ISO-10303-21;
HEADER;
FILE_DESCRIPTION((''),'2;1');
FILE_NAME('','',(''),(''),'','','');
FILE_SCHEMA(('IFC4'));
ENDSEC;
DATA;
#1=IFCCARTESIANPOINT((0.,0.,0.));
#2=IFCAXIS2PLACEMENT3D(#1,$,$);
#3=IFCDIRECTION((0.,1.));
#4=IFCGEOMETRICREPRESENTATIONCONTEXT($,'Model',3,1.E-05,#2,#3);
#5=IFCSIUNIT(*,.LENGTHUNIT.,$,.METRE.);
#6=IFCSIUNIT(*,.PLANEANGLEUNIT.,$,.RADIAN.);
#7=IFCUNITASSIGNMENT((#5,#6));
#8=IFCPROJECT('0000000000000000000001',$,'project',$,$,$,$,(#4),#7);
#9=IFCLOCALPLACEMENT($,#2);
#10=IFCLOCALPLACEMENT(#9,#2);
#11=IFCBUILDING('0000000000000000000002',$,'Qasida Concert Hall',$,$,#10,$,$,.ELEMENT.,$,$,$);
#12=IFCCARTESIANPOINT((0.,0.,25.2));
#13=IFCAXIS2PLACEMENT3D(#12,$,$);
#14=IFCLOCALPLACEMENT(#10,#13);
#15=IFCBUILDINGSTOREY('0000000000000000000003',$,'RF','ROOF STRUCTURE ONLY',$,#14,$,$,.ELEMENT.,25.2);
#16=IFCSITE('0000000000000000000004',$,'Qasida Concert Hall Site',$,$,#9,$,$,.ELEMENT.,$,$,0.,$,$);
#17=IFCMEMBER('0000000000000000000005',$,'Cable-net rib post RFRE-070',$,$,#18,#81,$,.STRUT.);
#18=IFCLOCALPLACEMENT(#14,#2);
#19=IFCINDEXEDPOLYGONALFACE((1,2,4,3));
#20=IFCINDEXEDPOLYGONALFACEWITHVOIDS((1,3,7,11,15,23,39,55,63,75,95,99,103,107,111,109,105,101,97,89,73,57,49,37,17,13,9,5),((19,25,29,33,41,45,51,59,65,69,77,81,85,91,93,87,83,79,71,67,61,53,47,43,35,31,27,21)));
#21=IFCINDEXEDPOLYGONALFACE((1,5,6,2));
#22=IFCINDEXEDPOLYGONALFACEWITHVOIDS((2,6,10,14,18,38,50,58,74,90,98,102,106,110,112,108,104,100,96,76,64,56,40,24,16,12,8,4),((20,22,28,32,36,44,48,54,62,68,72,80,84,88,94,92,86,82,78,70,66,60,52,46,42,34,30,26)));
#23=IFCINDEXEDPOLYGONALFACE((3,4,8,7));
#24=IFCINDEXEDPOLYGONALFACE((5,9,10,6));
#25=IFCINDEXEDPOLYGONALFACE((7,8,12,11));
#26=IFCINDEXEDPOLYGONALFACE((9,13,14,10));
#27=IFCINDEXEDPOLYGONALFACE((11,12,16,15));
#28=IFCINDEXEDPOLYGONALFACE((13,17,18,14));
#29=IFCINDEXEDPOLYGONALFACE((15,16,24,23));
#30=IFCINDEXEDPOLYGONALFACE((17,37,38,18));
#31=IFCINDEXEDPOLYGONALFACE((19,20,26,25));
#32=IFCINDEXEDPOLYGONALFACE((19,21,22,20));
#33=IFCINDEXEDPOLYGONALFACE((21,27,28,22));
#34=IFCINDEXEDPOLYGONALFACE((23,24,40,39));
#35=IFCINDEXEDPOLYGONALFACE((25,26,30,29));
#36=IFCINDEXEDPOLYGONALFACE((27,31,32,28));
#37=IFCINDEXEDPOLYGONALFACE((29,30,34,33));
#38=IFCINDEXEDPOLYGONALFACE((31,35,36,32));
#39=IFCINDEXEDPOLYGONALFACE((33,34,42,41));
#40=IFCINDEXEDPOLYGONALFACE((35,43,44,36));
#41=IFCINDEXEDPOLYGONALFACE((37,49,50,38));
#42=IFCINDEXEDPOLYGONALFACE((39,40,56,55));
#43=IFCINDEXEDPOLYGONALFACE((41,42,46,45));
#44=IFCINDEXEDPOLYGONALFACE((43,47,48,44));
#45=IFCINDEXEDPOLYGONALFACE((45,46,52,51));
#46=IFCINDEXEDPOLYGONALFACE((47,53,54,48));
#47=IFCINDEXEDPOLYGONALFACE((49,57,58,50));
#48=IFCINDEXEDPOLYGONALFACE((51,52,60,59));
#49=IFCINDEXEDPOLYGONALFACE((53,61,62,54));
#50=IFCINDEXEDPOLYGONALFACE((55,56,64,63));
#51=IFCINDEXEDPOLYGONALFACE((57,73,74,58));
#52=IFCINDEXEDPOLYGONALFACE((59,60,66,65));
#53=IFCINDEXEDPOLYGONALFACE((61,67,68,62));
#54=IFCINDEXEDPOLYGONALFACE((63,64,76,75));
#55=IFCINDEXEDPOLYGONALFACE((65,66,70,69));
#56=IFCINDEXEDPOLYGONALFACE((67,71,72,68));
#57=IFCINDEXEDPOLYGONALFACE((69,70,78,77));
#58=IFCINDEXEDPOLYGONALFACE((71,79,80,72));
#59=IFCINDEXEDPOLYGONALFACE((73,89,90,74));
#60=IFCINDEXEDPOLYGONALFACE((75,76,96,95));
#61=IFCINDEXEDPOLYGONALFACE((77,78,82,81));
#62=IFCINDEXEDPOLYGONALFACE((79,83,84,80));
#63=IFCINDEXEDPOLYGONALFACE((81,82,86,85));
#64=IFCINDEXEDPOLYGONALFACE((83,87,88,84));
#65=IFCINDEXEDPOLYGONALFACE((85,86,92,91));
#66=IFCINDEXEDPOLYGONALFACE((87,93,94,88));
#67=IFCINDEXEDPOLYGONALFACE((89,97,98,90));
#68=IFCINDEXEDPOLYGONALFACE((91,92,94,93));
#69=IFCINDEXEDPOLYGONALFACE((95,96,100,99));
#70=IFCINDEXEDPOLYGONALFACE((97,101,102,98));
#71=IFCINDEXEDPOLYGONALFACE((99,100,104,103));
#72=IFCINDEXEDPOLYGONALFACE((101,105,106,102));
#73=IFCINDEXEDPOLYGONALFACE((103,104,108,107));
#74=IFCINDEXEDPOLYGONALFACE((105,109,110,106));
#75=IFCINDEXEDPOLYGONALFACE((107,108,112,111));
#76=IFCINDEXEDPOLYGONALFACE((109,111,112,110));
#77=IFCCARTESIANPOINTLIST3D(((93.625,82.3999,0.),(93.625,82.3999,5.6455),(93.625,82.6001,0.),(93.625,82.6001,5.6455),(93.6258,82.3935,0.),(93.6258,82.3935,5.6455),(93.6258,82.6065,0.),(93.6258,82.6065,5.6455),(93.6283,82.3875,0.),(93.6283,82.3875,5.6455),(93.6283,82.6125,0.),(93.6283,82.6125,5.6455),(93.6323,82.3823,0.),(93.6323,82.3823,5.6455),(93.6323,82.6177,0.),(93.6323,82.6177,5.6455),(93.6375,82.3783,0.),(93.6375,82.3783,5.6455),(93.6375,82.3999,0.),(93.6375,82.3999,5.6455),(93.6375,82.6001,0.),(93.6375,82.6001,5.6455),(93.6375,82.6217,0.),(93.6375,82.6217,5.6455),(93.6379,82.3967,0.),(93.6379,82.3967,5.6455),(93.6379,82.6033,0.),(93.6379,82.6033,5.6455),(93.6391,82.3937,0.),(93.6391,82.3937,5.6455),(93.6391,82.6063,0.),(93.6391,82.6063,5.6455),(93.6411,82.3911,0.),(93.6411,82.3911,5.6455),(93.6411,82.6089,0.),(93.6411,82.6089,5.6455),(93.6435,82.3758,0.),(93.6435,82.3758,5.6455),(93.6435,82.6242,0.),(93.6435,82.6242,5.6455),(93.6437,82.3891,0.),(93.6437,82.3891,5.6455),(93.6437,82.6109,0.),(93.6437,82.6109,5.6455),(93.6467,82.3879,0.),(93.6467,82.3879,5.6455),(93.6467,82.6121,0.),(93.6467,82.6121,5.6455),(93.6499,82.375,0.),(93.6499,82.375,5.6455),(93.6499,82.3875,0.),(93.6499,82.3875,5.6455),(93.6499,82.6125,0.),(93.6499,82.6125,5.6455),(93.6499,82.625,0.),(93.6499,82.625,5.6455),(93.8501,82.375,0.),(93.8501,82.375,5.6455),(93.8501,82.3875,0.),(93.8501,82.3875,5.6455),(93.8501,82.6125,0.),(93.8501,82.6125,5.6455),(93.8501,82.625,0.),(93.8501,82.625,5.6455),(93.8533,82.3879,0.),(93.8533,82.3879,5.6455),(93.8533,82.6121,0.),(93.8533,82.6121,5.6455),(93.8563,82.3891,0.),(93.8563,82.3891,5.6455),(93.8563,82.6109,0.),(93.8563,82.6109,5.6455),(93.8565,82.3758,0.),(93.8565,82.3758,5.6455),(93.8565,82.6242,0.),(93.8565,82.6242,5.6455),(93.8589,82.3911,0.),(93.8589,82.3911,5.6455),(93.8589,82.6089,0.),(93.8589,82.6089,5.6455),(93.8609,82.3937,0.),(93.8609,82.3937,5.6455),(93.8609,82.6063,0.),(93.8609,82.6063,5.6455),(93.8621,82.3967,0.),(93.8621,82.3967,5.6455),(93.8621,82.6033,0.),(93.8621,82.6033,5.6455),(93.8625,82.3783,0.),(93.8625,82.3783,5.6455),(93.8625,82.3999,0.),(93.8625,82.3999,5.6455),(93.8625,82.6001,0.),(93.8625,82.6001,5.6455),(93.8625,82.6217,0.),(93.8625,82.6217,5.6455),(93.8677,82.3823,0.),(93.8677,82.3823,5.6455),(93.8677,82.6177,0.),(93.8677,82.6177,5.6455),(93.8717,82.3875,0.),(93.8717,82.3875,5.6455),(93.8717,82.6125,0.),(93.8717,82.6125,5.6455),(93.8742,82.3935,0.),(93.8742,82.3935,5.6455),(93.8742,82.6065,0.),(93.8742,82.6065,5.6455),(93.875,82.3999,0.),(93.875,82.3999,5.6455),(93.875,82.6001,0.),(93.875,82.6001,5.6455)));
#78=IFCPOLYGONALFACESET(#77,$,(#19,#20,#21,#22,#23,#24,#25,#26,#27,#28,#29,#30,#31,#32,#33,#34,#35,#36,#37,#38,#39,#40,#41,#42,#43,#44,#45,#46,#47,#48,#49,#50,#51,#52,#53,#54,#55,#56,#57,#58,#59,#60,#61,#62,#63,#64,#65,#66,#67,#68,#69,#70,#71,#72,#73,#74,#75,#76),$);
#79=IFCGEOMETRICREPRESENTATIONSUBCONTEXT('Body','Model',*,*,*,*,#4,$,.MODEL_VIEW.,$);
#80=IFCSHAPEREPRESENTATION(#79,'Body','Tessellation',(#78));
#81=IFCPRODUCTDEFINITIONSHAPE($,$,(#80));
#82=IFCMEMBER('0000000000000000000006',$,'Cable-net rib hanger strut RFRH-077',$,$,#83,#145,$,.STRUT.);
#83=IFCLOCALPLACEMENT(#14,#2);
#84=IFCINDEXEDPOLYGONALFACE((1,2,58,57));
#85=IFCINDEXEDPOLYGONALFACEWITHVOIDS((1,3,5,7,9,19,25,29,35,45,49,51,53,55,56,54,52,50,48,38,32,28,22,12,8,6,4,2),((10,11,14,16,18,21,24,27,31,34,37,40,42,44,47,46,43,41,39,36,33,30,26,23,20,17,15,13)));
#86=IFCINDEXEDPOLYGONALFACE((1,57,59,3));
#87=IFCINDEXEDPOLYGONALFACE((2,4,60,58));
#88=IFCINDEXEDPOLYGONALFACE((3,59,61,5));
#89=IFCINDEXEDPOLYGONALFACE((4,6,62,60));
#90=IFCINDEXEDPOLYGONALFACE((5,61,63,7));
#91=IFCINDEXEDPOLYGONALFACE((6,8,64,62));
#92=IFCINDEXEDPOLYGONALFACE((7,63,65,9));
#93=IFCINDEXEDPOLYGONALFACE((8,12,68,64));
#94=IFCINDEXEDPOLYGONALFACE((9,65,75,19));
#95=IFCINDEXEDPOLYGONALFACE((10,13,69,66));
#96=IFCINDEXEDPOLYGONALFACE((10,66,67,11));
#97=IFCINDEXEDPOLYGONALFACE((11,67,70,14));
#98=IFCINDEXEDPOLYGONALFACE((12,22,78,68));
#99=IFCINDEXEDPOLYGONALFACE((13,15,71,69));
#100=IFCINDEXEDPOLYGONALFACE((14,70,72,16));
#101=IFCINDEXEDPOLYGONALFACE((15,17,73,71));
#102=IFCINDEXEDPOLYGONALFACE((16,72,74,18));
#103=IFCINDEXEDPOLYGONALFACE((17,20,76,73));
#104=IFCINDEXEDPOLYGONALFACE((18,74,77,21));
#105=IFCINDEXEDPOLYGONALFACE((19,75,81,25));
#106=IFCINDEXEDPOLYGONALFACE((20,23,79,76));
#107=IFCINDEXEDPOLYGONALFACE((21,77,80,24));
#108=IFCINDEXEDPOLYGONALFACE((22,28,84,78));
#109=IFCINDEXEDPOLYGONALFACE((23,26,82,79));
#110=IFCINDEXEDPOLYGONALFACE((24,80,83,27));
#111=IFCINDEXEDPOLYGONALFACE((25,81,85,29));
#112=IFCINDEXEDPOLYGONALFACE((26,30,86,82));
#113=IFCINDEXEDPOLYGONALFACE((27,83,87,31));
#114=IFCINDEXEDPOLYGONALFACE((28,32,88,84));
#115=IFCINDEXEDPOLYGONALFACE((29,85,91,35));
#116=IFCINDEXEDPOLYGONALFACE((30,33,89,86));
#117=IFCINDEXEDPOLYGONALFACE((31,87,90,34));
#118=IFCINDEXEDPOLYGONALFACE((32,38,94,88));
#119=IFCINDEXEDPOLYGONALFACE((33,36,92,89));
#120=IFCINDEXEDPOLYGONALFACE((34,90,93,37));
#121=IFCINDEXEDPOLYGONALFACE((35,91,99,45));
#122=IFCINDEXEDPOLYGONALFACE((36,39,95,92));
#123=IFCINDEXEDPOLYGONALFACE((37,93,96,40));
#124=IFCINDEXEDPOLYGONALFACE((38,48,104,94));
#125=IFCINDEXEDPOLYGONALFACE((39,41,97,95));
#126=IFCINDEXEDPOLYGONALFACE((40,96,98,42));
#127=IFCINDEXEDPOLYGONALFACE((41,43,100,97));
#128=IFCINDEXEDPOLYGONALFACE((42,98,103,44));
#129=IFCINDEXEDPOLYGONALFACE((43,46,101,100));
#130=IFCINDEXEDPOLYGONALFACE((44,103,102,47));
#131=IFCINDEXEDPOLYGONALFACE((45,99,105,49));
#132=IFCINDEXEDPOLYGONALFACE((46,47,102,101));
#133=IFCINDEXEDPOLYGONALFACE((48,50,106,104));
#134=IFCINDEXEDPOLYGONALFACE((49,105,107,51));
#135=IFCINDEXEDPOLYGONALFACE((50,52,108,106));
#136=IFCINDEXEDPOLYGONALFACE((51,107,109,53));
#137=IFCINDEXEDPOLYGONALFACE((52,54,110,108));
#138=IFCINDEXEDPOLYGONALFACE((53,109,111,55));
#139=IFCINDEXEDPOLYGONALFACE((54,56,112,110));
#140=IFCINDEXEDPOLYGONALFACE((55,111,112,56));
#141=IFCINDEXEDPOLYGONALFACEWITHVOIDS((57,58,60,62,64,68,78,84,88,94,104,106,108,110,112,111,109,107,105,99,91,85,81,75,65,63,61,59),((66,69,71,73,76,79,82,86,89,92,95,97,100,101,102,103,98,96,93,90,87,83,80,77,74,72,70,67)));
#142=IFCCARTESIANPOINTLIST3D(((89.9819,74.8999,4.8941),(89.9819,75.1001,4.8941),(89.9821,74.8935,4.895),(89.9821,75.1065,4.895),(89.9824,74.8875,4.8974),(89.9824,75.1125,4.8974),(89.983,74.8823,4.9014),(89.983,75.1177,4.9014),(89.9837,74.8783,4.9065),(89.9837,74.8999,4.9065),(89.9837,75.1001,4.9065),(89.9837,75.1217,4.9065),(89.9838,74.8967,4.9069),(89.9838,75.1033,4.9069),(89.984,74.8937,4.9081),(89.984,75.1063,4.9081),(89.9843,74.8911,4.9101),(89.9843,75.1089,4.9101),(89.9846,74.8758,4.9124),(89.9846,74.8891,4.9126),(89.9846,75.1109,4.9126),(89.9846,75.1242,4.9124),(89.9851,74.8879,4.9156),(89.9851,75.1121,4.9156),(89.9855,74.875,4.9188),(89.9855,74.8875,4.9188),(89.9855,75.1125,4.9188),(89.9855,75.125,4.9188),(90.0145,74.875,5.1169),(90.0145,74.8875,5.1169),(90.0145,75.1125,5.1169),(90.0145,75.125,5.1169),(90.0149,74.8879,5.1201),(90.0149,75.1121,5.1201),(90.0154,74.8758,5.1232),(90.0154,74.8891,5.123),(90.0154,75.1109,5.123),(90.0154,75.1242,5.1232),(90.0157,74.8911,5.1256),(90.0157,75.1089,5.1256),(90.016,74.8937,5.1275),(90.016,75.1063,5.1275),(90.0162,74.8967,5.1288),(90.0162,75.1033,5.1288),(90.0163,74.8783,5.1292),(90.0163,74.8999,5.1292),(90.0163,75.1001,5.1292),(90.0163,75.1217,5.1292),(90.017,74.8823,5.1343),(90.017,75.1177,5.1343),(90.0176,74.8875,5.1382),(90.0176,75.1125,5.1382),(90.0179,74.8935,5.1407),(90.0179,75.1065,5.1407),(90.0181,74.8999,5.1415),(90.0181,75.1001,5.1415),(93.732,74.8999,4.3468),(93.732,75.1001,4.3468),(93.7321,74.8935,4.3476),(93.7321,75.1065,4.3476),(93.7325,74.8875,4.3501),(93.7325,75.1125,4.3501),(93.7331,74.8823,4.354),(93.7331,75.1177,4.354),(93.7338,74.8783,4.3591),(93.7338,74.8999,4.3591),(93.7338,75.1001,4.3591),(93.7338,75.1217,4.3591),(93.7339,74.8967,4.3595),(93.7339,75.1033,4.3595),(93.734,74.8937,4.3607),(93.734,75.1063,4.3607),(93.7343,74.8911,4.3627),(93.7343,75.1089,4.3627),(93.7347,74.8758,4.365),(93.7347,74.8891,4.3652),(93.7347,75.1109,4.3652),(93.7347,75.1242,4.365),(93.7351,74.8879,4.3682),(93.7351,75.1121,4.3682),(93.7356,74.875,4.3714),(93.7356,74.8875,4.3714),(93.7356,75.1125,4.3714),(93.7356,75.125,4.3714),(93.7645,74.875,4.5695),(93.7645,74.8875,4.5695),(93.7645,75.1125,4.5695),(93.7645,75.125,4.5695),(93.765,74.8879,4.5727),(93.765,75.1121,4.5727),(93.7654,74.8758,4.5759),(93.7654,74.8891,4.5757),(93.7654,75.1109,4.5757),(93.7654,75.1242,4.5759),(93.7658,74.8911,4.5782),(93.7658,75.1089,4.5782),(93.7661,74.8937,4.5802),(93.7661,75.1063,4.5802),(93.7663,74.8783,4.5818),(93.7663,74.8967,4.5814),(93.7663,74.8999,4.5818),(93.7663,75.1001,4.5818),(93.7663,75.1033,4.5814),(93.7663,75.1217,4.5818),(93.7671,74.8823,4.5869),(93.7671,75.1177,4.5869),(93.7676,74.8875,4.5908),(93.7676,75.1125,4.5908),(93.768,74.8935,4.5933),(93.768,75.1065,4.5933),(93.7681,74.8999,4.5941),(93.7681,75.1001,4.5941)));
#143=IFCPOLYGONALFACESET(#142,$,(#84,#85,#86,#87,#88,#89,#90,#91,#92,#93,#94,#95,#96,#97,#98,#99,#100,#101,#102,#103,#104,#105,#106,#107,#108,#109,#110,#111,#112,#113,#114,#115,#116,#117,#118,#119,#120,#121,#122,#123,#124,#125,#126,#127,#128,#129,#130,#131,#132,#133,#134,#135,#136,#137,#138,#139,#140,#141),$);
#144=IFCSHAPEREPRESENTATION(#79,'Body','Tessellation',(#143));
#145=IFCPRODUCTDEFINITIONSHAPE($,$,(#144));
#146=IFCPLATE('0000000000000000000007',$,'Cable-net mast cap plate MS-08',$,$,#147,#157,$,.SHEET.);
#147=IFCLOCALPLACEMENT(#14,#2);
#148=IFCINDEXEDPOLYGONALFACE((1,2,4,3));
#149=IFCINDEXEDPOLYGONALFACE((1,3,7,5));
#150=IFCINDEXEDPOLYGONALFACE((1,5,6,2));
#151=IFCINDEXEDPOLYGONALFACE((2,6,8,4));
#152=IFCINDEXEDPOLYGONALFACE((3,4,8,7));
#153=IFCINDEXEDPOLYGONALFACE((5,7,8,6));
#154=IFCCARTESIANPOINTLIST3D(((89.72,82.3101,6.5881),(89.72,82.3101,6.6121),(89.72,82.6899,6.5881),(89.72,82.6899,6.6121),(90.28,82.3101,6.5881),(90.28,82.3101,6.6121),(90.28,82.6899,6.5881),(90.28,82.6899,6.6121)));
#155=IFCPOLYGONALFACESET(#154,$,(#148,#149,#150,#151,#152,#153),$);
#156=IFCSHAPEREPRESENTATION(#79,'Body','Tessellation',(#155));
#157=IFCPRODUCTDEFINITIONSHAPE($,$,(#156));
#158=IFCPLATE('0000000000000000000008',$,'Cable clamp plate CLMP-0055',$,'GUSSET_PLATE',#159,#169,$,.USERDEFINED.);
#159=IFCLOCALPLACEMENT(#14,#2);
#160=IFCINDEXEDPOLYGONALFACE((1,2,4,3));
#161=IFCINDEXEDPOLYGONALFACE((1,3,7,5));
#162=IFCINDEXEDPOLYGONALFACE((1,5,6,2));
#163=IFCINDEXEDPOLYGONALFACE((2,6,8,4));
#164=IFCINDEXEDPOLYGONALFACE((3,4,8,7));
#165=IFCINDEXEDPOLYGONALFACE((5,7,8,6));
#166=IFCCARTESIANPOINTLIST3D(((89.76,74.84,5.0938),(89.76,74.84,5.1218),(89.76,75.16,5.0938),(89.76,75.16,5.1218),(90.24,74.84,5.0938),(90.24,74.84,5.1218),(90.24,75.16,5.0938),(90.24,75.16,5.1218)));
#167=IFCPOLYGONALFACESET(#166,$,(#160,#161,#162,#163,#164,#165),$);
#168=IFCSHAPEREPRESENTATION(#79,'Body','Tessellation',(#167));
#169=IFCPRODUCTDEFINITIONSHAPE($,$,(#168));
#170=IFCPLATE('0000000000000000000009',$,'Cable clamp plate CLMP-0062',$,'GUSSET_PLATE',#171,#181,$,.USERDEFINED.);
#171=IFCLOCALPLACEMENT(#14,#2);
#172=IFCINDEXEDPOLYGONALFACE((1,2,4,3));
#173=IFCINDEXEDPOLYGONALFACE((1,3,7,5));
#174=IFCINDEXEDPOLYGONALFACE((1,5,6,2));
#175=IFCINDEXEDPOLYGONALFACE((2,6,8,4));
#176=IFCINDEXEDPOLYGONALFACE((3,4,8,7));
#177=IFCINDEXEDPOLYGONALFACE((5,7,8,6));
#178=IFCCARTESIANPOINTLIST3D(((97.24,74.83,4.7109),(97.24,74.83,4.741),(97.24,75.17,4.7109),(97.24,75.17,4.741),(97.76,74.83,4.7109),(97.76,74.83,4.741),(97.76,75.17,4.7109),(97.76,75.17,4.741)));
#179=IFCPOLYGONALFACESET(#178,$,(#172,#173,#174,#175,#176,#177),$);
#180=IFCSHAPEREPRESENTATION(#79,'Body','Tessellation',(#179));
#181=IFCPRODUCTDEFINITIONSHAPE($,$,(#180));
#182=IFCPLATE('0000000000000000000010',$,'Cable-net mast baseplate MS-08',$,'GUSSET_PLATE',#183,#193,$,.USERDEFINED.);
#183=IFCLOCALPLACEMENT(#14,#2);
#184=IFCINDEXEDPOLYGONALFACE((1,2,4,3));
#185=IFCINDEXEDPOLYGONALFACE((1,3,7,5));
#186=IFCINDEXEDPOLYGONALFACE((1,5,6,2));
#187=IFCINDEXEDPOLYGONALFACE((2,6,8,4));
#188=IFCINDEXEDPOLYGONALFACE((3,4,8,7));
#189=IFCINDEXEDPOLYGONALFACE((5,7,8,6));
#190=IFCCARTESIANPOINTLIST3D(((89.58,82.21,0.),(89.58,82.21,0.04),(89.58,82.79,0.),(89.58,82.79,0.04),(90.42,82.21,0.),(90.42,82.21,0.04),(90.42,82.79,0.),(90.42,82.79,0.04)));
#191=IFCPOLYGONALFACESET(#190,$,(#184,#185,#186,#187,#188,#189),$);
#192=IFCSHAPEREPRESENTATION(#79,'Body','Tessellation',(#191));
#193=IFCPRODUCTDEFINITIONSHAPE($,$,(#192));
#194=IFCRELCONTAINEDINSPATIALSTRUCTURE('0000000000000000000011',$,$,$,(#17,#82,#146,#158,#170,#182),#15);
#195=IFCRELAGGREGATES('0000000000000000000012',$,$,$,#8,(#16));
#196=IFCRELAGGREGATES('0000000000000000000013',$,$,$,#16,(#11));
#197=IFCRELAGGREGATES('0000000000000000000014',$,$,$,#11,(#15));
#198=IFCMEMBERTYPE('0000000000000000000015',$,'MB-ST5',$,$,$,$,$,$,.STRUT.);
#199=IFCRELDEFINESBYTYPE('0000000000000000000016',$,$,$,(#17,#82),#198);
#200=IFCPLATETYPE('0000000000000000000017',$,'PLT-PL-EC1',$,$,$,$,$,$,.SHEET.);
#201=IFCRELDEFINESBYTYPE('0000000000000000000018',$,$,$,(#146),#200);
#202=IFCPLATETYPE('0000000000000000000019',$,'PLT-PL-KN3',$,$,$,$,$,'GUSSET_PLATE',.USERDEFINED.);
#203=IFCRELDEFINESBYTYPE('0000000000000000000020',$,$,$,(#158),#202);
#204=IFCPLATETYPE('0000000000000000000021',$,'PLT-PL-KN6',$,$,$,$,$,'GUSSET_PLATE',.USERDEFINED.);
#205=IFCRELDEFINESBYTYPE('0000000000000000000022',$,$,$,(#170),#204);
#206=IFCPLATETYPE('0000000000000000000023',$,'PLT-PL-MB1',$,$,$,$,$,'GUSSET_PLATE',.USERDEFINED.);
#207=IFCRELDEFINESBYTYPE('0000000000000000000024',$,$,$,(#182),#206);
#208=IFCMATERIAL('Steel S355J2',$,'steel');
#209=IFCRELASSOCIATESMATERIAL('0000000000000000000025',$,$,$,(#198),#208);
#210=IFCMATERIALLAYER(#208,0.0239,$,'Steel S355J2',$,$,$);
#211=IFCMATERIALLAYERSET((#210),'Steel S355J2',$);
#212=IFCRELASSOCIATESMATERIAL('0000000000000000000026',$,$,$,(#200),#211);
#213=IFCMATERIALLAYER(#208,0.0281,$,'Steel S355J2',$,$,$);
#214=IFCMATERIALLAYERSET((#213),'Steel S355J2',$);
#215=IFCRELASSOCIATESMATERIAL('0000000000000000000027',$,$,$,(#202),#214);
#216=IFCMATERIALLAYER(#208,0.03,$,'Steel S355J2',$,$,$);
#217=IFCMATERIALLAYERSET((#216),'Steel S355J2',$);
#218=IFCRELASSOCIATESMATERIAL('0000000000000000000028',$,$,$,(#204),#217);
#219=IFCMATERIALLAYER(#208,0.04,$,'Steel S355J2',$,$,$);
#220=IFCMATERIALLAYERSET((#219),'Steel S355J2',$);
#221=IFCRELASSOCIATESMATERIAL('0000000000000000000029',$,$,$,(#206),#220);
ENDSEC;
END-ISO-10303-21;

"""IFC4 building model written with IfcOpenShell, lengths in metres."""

from ifc_helpers import new_model, si_unit, direction, frame, origin, origin_2d, place, context, subcontext, project, spatial, rectangle, hollow_rectangle, extrude, material, layer, layer_set, material_profile, profile_set, type_object, element, save


model = new_model("IFC4")

# Units and contexts
model_context = context("Model", 3, precision=1e-05, world=origin(), true_north=direction((0.0, 1.0)))
body_context = subcontext(model_context, "Body", "Model", "MODEL_VIEW")
ifc_project = project(units=[si_unit("LENGTHUNIT", "METRE"), si_unit("PLANEANGLEUNIT", "RADIAN")], contexts=[model_context])

# Site, building, storey
site_placement = place(None, origin())
site = spatial("IfcSite", under=ifc_project, at=site_placement, Name="Qasida Concert Hall Site", CompositionType="ELEMENT", RefElevation=0.0)
building_placement = place(site_placement, origin())
building = spatial("IfcBuilding", under=site, at=building_placement, Name="Qasida Concert Hall", CompositionType="ELEMENT")
storey_placement = place(building_placement, frame((0.0, 0.0, 25.2)))
storey = spatial("IfcBuildingStorey", under=building, at=storey_placement, Name="RF", Description="ROOF STRUCTURE ONLY", CompositionType="ELEMENT", Elevation=25.2)

# Members
ifc_material_1 = material(Name="Steel S355J2", Category="steel")
ifc_material_profile_1 = material_profile(ifc_material_1, hollow_rectangle(XDim=0.25, YDim=0.25, WallThickness=0.0125, InnerFilletRadius=0.0125, OuterFilletRadius=0.0249, at=origin_2d()), Name="SHS 250x250x12.5")
ifc_profile_set_1 = profile_set([ifc_material_profile_1], Name="Steel S355J2")
member_type_1 = type_object("IfcMemberType", Name="MB-ST5", PredefinedType="STRUT", material=ifc_profile_set_1)
member_1_placement = place(storey_placement, frame((93.75, 82.5, 0.0), z_axis=(0.0, 0.0, 1.0), x_axis=(1.0, 0.0, 0.0)))
element("IfcMember", 1, at=member_1_placement, inside=storey, type_object=member_type_1, Name="Cable-net rib post RFRE-070", PredefinedType="STRUT", context=body_context, shape_type="SweptSolid", body=[
    extrude(hollow_rectangle(XDim=0.25, YDim=0.25, WallThickness=0.0125, InnerFilletRadius=0.0125, OuterFilletRadius=0.0249, at=origin_2d()), origin(), (0.0, 0.0, 1.0), 5.6455),
])
member_2_placement = place(storey_placement, frame((90.0, 75.0, 5.0178), z_axis=(0.989515, 0.0, -0.144433), x_axis=(0.0, 1.0, 0.0)))
element("IfcMember", 2, at=member_2_placement, inside=storey, type_object=member_type_1, Name="Cable-net rib hanger strut RFRH-077", PredefinedType="STRUT", context=body_context, shape_type="SweptSolid", body=[
    extrude(hollow_rectangle(XDim=0.25, YDim=0.25, WallThickness=0.0125, InnerFilletRadius=0.0125, OuterFilletRadius=0.0249, at=origin_2d()), origin(), (0.0, 0.0, 1.0), 3.7898),
])

# Plates
ifc_layer_1 = layer(ifc_material_1, 0.0239, Name="Steel S355J2")
ifc_layer_set_1 = layer_set([ifc_layer_1], Name="Steel S355J2")
plate_type_1 = type_object("IfcPlateType", Name="PLT-PL-EC1", PredefinedType="SHEET", material=ifc_layer_set_1)
plate_1_placement = place(storey_placement, frame((90.0, 82.5, 6.5881), z_axis=(0.0, 0.0, 1.0), x_axis=(1.0, 0.0, 0.0)))
element("IfcPlate", 3, at=plate_1_placement, inside=storey, type_object=plate_type_1, Name="Cable-net mast cap plate MS-08", PredefinedType="SHEET", context=body_context, shape_type="SweptSolid", body=[
    extrude(rectangle(XDim=0.5601, YDim=0.3799, at=origin_2d()), origin(), (0.0, 0.0, 1.0), 0.0239),
])
ifc_layer_2 = layer(ifc_material_1, 0.0281, Name="Steel S355J2")
ifc_layer_set_2 = layer_set([ifc_layer_2], Name="Steel S355J2")
plate_type_2 = type_object("IfcPlateType", Name="PLT-PL-KN3", ElementType="GUSSET_PLATE", PredefinedType="USERDEFINED", material=ifc_layer_set_2)
plate_2_placement = place(storey_placement, frame((90.0, 75.0, 5.0938), z_axis=(0.0, 0.0, 1.0), x_axis=(1.0, 0.0, 0.0)))
element("IfcPlate", 4, at=plate_2_placement, inside=storey, type_object=plate_type_2, Name="Cable clamp plate CLMP-0055", ObjectType="GUSSET_PLATE", PredefinedType="USERDEFINED", context=body_context, shape_type="SweptSolid", body=[
    extrude(rectangle(XDim=0.48, YDim=0.3201, at=origin_2d()), origin(), (0.0, 0.0, 1.0), 0.0281),
])
ifc_layer_3 = layer(ifc_material_1, 0.03, Name="Steel S355J2")
ifc_layer_set_3 = layer_set([ifc_layer_3], Name="Steel S355J2")
plate_type_3 = type_object("IfcPlateType", Name="PLT-PL-KN6", ElementType="GUSSET_PLATE", PredefinedType="USERDEFINED", material=ifc_layer_set_3)
plate_3_placement = place(storey_placement, frame((97.5, 75.0, 4.7109), z_axis=(0.0, 0.0, 1.0), x_axis=(1.0, 0.0, 0.0)))
element("IfcPlate", 5, at=plate_3_placement, inside=storey, type_object=plate_type_3, Name="Cable clamp plate CLMP-0062", ObjectType="GUSSET_PLATE", PredefinedType="USERDEFINED", context=body_context, shape_type="SweptSolid", body=[
    extrude(rectangle(XDim=0.52, YDim=0.3401, at=origin_2d()), origin(), (0.0, 0.0, 1.0), 0.03),
])
ifc_layer_4 = layer(ifc_material_1, 0.04, Name="Steel S355J2")
ifc_layer_set_4 = layer_set([ifc_layer_4], Name="Steel S355J2")
plate_type_4 = type_object("IfcPlateType", Name="PLT-PL-MB1", ElementType="GUSSET_PLATE", PredefinedType="USERDEFINED", material=ifc_layer_set_4)
plate_4_placement = place(storey_placement, frame((90.0, 82.5, 0.0), z_axis=(0.0, 0.0, 1.0), x_axis=(1.0, 0.0, 0.0)))
element("IfcPlate", 6, at=plate_4_placement, inside=storey, type_object=plate_type_4, Name="Cable-net mast baseplate MS-08", ObjectType="GUSSET_PLATE", PredefinedType="USERDEFINED", context=body_context, shape_type="SweptSolid", body=[
    extrude(rectangle(XDim=0.8401, YDim=0.5801, at=origin_2d()), origin(), (0.0, 0.0, 1.0), 0.04),
])

save(model, "model.ifc")
